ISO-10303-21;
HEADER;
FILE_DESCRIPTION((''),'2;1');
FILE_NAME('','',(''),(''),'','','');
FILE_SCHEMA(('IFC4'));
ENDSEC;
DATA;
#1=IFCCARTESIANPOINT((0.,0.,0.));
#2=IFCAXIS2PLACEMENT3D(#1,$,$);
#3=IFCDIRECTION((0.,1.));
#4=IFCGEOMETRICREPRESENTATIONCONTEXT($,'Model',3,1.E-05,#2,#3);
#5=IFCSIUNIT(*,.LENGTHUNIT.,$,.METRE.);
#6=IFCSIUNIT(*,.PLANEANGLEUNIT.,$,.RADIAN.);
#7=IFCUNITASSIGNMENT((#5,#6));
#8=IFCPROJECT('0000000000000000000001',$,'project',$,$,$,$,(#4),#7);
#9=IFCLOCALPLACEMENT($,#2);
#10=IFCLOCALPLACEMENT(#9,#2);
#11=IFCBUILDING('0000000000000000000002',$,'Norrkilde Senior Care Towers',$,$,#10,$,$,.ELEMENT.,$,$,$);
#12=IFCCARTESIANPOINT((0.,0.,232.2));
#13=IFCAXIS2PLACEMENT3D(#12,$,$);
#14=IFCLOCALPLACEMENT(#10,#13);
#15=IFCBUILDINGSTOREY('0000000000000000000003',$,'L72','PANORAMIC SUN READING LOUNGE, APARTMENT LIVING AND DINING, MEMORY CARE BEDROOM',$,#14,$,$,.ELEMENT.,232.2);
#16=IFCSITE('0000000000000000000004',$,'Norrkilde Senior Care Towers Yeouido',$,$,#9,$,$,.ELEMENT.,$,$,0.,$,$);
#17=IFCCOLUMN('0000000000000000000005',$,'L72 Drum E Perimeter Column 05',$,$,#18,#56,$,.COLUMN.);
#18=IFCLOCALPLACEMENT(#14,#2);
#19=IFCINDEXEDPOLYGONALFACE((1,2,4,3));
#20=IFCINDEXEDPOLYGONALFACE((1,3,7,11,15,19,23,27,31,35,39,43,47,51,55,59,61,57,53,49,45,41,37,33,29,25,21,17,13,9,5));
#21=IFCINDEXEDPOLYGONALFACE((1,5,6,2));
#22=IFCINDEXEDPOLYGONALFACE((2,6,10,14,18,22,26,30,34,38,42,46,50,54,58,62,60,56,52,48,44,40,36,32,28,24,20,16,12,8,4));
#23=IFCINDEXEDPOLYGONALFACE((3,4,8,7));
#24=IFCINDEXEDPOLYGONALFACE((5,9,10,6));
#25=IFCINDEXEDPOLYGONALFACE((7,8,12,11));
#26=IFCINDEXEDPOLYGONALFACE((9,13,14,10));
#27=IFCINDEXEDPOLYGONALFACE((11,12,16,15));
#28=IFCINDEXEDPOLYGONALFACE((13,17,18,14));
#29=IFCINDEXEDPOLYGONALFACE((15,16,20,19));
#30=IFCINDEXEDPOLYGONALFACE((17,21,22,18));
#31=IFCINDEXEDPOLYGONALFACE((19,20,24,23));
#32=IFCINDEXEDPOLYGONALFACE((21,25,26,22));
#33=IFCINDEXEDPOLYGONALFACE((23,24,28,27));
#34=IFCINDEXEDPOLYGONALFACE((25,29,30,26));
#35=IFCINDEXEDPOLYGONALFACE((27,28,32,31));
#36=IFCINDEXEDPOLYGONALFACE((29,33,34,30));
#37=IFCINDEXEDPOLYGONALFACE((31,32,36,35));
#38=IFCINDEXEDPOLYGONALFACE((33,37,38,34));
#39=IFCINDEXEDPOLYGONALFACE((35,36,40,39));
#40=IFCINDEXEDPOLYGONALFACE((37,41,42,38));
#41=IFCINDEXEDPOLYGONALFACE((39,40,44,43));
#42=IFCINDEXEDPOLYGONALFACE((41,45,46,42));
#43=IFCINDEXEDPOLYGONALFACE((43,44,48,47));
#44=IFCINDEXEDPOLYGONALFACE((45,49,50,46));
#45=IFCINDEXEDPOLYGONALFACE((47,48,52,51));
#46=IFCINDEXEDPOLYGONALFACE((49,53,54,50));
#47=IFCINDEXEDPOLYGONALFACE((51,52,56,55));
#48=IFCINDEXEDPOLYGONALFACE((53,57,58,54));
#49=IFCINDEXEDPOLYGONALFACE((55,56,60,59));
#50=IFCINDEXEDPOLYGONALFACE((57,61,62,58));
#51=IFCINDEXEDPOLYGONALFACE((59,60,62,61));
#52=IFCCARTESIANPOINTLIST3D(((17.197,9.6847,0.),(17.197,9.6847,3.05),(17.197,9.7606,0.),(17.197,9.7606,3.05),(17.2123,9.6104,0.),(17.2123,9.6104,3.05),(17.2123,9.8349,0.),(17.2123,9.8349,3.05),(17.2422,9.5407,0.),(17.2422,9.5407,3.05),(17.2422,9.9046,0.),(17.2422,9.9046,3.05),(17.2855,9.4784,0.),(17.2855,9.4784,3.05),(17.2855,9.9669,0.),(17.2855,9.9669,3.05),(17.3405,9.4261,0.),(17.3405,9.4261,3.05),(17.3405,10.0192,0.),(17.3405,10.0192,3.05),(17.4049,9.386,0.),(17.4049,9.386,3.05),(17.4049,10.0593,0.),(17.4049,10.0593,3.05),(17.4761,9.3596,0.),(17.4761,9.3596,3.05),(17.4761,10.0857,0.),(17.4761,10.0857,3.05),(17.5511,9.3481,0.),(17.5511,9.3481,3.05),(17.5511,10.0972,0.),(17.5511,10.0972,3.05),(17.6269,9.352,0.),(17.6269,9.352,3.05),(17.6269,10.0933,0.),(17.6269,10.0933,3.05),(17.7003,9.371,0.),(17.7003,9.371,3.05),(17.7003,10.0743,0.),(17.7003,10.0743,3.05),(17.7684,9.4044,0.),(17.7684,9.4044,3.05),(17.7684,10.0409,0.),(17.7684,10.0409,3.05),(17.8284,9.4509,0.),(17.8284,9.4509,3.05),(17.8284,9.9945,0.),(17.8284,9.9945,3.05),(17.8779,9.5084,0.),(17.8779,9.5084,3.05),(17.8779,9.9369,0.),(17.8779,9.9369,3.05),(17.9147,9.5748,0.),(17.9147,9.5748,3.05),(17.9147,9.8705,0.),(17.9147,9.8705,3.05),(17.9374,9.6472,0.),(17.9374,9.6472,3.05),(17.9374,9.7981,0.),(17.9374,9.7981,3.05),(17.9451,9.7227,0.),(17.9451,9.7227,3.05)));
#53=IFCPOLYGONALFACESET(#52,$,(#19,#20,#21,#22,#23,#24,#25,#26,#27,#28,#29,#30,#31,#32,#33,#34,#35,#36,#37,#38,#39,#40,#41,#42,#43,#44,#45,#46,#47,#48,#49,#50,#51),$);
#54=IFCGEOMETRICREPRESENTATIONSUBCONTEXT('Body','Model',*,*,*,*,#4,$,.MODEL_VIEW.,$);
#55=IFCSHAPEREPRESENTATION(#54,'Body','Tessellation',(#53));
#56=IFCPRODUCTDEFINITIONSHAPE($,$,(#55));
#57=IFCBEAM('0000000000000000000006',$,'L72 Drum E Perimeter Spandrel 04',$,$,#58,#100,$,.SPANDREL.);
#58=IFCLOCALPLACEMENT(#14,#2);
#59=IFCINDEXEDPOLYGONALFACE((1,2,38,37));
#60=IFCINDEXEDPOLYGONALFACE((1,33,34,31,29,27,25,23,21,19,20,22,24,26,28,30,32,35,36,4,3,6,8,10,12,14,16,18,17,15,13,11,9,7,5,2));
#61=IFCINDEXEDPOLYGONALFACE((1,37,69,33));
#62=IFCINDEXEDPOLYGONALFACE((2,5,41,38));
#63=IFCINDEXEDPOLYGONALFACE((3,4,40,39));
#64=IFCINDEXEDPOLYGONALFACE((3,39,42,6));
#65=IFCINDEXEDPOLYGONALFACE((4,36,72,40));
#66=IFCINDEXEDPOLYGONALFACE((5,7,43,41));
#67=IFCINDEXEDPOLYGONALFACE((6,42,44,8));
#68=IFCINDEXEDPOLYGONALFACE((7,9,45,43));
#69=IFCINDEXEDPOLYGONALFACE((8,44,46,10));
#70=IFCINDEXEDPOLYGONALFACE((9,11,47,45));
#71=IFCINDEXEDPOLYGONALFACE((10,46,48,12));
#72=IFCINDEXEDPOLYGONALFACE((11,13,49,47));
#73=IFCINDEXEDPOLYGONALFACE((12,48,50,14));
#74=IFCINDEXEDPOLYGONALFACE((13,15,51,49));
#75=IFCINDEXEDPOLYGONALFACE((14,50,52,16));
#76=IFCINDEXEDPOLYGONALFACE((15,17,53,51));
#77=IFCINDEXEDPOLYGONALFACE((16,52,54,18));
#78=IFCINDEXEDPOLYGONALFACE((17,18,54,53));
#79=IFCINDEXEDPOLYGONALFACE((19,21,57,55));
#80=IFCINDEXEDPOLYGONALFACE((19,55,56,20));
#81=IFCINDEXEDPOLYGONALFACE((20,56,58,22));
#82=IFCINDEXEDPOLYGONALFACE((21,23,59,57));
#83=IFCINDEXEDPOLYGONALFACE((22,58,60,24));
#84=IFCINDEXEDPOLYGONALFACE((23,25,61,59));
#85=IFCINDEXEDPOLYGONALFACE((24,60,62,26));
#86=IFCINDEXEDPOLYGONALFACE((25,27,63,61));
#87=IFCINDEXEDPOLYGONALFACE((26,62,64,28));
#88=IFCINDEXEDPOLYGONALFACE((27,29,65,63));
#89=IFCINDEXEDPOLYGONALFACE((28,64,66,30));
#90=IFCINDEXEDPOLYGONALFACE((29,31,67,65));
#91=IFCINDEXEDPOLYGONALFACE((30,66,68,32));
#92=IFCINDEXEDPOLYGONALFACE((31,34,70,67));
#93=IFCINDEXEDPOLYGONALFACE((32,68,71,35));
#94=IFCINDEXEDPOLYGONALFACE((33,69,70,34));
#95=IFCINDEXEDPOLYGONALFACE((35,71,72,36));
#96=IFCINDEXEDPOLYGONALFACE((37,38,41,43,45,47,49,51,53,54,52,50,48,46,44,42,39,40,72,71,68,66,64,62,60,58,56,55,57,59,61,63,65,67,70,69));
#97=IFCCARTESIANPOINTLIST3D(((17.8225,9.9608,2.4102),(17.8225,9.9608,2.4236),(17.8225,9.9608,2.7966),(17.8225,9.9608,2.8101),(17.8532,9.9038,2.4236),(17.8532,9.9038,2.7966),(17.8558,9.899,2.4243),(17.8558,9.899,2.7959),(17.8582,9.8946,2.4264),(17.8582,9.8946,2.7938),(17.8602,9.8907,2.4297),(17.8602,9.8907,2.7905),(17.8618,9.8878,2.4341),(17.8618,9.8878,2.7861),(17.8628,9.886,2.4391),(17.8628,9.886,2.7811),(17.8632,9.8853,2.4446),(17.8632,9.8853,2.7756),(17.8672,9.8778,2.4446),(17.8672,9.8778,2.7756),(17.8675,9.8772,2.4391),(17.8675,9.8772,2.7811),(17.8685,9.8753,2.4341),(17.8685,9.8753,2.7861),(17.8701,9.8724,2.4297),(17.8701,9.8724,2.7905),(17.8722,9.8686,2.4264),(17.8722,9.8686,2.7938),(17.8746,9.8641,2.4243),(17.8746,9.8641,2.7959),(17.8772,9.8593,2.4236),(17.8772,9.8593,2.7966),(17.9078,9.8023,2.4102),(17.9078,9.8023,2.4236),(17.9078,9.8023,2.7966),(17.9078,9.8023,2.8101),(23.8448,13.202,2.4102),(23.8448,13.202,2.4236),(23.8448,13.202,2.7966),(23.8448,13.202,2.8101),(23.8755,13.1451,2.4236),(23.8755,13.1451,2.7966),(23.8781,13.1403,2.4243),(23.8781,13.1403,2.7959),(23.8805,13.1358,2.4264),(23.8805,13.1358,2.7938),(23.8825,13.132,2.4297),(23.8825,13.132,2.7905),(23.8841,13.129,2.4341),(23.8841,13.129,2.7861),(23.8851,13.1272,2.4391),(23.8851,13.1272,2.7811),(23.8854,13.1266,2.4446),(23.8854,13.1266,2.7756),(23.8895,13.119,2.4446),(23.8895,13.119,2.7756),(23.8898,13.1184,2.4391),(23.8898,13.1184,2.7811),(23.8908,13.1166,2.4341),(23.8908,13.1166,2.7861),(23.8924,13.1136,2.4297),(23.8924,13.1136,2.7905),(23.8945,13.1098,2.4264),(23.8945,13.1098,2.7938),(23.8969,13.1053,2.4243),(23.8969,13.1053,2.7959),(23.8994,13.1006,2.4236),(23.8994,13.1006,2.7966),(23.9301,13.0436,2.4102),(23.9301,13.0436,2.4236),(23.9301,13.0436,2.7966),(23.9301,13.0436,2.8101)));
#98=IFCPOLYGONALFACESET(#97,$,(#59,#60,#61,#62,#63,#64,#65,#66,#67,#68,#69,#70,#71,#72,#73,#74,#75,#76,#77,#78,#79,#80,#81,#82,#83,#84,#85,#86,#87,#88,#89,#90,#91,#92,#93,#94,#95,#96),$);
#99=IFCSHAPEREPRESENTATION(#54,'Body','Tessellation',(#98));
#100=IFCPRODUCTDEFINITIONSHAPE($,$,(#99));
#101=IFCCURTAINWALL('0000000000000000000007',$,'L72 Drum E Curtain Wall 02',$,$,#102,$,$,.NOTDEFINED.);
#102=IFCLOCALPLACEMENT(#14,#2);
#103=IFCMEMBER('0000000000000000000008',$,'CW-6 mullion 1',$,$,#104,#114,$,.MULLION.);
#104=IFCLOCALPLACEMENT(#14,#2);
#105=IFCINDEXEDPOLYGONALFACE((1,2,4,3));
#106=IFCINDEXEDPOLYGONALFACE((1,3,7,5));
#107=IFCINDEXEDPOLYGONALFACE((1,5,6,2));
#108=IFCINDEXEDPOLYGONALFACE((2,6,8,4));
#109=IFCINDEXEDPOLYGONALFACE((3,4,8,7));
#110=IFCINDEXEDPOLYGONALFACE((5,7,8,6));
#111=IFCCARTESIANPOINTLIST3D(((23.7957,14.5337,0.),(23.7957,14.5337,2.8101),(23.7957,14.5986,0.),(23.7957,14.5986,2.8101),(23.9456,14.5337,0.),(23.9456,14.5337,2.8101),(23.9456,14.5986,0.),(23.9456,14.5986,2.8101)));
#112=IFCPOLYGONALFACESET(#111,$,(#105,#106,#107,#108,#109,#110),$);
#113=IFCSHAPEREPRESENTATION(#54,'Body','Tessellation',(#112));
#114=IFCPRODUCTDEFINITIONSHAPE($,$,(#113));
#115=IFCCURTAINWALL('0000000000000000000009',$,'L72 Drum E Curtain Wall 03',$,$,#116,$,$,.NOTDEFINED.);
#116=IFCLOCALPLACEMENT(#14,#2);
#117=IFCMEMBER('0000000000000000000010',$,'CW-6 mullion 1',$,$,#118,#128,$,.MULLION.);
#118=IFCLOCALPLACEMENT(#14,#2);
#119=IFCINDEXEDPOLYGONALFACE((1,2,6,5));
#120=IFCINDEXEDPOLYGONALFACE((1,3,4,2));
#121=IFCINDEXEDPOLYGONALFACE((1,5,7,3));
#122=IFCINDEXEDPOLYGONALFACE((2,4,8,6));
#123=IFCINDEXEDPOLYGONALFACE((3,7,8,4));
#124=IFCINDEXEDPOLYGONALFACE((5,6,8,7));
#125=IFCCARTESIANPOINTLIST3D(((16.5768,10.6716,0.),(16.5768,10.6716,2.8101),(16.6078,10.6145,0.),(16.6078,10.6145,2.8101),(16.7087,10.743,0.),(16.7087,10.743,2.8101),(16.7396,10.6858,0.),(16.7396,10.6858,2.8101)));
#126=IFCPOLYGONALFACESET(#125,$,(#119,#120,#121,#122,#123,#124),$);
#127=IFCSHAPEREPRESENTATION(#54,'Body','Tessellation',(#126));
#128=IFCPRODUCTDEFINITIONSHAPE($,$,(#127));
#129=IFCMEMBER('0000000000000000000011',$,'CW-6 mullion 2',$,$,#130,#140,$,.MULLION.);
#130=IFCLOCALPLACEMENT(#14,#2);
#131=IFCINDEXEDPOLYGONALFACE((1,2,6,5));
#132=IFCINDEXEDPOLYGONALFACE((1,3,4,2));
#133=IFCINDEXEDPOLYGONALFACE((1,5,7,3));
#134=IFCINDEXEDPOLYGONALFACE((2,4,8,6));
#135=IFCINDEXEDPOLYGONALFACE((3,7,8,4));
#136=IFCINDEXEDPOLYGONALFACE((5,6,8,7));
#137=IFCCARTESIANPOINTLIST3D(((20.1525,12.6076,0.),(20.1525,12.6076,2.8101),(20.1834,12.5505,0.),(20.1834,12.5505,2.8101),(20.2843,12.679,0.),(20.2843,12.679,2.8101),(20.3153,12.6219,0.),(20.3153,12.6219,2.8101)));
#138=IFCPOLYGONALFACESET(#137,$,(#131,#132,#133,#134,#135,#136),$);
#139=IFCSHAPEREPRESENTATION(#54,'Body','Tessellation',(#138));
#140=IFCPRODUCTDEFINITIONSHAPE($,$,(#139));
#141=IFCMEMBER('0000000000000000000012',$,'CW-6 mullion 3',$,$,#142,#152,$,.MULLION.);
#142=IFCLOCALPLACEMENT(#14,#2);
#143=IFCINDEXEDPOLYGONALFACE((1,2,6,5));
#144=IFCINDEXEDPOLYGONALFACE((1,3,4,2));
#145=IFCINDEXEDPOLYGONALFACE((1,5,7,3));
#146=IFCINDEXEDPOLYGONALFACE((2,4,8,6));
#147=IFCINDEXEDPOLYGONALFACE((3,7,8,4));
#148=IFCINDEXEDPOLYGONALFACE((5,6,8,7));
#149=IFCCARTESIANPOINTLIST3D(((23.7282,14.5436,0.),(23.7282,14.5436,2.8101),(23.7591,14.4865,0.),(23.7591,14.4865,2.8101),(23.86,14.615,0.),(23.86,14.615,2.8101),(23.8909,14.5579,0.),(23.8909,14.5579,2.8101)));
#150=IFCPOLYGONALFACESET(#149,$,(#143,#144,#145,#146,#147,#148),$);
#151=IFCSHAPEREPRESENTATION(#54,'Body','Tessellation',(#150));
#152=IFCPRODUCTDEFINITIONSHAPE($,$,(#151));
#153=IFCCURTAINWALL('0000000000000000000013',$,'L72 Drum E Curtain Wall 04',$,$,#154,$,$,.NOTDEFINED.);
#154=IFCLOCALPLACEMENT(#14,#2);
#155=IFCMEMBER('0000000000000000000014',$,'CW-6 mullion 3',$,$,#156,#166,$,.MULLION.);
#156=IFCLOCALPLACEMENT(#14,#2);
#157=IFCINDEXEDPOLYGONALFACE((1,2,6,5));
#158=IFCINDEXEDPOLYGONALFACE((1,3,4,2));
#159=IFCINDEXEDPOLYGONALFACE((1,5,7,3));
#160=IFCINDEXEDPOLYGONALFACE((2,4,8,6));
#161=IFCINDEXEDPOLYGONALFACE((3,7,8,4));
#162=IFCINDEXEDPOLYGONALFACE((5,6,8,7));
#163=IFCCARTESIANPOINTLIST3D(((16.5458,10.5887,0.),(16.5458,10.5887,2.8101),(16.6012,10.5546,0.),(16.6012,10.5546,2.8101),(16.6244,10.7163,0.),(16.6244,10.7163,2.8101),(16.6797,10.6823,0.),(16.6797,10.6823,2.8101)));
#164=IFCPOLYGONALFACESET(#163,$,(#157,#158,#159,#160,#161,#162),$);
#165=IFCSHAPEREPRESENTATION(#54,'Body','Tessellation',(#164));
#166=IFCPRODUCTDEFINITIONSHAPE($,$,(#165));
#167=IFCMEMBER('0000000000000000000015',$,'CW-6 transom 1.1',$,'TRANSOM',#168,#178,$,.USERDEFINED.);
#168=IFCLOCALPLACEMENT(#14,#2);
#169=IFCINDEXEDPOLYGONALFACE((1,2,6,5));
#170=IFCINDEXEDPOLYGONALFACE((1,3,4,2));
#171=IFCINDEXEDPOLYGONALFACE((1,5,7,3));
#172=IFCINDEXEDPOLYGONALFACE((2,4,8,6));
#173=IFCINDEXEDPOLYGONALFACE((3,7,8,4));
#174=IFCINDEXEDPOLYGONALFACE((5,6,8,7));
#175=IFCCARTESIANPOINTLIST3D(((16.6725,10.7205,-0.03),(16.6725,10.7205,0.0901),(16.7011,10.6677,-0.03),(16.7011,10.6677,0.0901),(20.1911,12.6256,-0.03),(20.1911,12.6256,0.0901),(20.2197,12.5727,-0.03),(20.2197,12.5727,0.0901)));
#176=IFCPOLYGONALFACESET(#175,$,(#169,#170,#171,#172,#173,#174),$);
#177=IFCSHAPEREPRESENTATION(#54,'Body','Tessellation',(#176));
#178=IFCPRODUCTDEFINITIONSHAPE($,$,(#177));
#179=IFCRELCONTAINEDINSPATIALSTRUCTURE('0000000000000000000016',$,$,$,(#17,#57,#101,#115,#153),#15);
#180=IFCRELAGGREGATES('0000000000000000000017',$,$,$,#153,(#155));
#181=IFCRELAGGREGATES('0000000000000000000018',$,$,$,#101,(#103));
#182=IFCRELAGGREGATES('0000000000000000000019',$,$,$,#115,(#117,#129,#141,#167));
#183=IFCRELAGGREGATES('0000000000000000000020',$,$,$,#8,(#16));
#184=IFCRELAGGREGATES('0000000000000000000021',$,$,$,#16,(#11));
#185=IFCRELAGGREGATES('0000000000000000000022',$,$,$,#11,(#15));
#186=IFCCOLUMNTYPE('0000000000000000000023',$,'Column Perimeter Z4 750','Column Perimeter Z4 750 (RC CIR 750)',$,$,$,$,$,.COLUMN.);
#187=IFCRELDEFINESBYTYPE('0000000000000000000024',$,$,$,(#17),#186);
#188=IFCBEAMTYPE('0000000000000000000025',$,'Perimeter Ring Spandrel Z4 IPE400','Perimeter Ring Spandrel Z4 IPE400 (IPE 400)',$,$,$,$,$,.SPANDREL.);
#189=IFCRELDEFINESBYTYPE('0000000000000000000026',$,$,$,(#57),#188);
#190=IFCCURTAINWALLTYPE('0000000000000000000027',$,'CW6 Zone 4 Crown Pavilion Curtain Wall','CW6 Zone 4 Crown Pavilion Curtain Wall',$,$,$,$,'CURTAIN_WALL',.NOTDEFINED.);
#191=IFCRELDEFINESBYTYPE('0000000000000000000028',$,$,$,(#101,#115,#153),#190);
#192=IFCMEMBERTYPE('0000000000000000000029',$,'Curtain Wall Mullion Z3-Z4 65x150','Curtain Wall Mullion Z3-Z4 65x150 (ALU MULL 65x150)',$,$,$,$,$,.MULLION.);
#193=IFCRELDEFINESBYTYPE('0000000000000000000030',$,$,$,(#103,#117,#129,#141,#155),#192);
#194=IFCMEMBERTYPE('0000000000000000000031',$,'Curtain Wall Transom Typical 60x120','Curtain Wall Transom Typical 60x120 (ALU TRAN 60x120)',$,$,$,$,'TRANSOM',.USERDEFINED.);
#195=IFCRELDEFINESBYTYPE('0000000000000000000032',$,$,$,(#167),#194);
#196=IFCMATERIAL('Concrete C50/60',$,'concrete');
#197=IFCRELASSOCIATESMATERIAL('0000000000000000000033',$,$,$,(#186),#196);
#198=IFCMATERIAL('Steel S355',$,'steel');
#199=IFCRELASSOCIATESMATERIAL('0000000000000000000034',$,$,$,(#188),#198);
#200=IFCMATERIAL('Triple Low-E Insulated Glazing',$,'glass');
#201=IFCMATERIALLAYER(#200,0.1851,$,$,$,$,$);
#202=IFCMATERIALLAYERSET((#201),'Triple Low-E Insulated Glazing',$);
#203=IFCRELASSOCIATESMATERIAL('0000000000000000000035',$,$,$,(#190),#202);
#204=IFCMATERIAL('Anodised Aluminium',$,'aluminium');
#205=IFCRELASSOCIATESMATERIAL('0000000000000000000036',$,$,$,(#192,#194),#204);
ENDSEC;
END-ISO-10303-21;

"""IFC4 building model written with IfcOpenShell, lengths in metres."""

from ifc_helpers import new_model, si_unit, direction, frame, origin, origin_2d, place, context, subcontext, project, spatial, rectangle, circle, i_section, extrude, source, transform, mapped, material, layer, layer_set, material_profile, profile_set, type_object, type_shapes, element, aggregate, save


model = new_model("IFC4")

# Units and contexts
model_context = context("Model", 3, precision=1e-05, world=origin(), true_north=direction((0.0, 1.0)))
body_context = subcontext(model_context, "Body", "Model", "MODEL_VIEW")
ifc_project = project(units=[si_unit("LENGTHUNIT", "METRE"), si_unit("PLANEANGLEUNIT", "RADIAN")], contexts=[model_context])

# Site, building, storey
site_placement = place(None, origin())
site = spatial("IfcSite", under=ifc_project, at=site_placement, Name="Norrkilde Senior Care Towers Yeouido", CompositionType="ELEMENT", RefElevation=0.0)
building_placement = place(site_placement, origin())
building = spatial("IfcBuilding", under=site, at=building_placement, Name="Norrkilde Senior Care Towers", CompositionType="ELEMENT")
storey_placement = place(building_placement, frame((0.0, 0.0, 232.2)))
storey = spatial("IfcBuildingStorey", under=building, at=storey_placement, Name="L72", Description="PANORAMIC SUN READING LOUNGE, APARTMENT LIVING AND DINING, MEMORY CARE BEDROOM", CompositionType="ELEMENT", Elevation=232.2)

# Column
ifc_material_1 = material(Name="Concrete C50/60", Category="concrete")
ifc_material_profile_1 = material_profile(ifc_material_1, circle(Radius=0.375, at=origin_2d()), Name="RC CIR 750")
ifc_profile_set_1 = profile_set([ifc_material_profile_1], Name="Concrete C50/60")
column_type = type_object("IfcColumnType", Name="Column Perimeter Z4 750", Description="Column Perimeter Z4 750 (RC CIR 750)", PredefinedType="COLUMN", material=ifc_profile_set_1)
shared_shape_1 = source(origin(), body_context, "Body", "SweptSolid", [
    extrude(circle(Radius=0.375, at=origin_2d()), origin(), (0.0, 0.0, 1.0), 3.05),
])
type_shapes(column_type, [shared_shape_1])
column_placement = place(storey_placement, frame((17.5701, 9.7227, 0.0), z_axis=(0.0, 0.0, 1.0), x_axis=(1.0, 0.0, 0.0)))
element("IfcColumn", 1, at=column_placement, inside=storey, type_object=column_type, Name="L72 Drum E Perimeter Column 05", PredefinedType="COLUMN", context=body_context, shape_type="MappedRepresentation", body=[
    mapped(shared_shape_1, transform((0.0, 0.0, 0.0), x_axis=(1.0, 0.0, 0.0), y_axis=(0.0, 1.0, 0.0), z_axis=(0.0, 0.0, 1.0), scale=1.0)),
])

# Beam
ifc_material_2 = material(Name="Steel S355", Category="steel")
ifc_material_profile_2 = material_profile(ifc_material_2, i_section(OverallWidth=0.1799, OverallDepth=0.3999, WebThickness=0.0085, FlangeThickness=0.0134, FilletRadius=0.021, at=origin_2d()), Name="IPE 400")
ifc_profile_set_2 = profile_set([ifc_material_profile_2], Name="Steel S355")
beam_type = type_object("IfcBeamType", Name="Perimeter Ring Spandrel Z4 IPE400", Description="Perimeter Ring Spandrel Z4 IPE400 (IPE 400)", PredefinedType="SPANDREL", material=ifc_profile_set_2)
shared_shape_2 = source(origin(), body_context, "Body", "SweptSolid", [
    extrude(i_section(OverallWidth=0.1799, OverallDepth=0.3999, WebThickness=0.0085, FlangeThickness=0.0134, FilletRadius=0.021, at=origin_2d()), origin(), (0.0, 0.0, 1.0), 6.8391),
])
type_shapes(beam_type, [shared_shape_2])
beam_placement = place(storey_placement, frame((23.8875, 13.1228, 2.6101), z_axis=(-0.880564, -0.473927, 0.0), x_axis=(0.473927, -0.880564, 0.0)))
element("IfcBeam", 2, at=beam_placement, inside=storey, type_object=beam_type, Name="L72 Drum E Perimeter Spandrel 04", PredefinedType="SPANDREL", context=body_context, shape_type="MappedRepresentation", body=[
    mapped(shared_shape_2, transform((0.0, 0.0, 0.0), x_axis=(1.0, 0.0, 0.0), y_axis=(0.0, 1.0, 0.0), z_axis=(0.0, 0.0, 1.0), scale=1.0)),
])

# Curtain wall, member
ifc_material_3 = material(Name="Triple Low-E Insulated Glazing", Category="glass")
ifc_layer_1 = layer(ifc_material_3, 0.1851)
ifc_layer_set_1 = layer_set([ifc_layer_1], Name="Triple Low-E Insulated Glazing")
curtain_wall_type = type_object("IfcCurtainWallType", Name="CW6 Zone 4 Crown Pavilion Curtain Wall", Description="CW6 Zone 4 Crown Pavilion Curtain Wall", ElementType="CURTAIN_WALL", PredefinedType="NOTDEFINED", material=ifc_layer_set_1)
curtain_wall_1_placement = place(storey_placement, origin())
curtain_wall_1 = element("IfcCurtainWall", 3, at=curtain_wall_1_placement, inside=storey, type_object=curtain_wall_type, Name="L72 Drum E Curtain Wall 02", PredefinedType="NOTDEFINED")
ifc_material_4 = material(Name="Anodised Aluminium", Category="aluminium")
ifc_material_profile_3 = material_profile(ifc_material_4, rectangle(XDim=0.0649, YDim=0.1499, at=origin_2d()), Name="ALU MULL 65x150")
ifc_profile_set_3 = profile_set([ifc_material_profile_3], Name="Anodised Aluminium")
member_type_1 = type_object("IfcMemberType", Name="Curtain Wall Mullion Z3-Z4 65x150", Description="Curtain Wall Mullion Z3-Z4 65x150 (ALU MULL 65x150)", PredefinedType="MULLION", material=ifc_profile_set_3)
shared_shape_3 = source(origin(), body_context, "Body", "SweptSolid", [
    extrude(rectangle(XDim=0.0649, YDim=0.1499, at=origin_2d()), origin(), (0.0, 0.0, 1.0), 2.8101),
])
type_shapes(member_type_1, [shared_shape_3])
member_1_placement = place(storey_placement, frame((23.8706, 14.5662, 0.0), z_axis=(0.0, 0.0, 1.0), x_axis=(0.0, 1.0, 0.0)))
member_1 = element("IfcMember", 4, at=member_1_placement, type_object=member_type_1, Name="CW-6 mullion 1", PredefinedType="MULLION", context=body_context, shape_type="MappedRepresentation", body=[
    mapped(shared_shape_3, transform((0.0, 0.0, 0.0), x_axis=(1.0, 0.0, 0.0), y_axis=(0.0, 1.0, 0.0), z_axis=(0.0, 0.0, 1.0), scale=1.0)),
])

# Curtain wall, members
curtain_wall_2_placement = place(storey_placement, origin())
curtain_wall_2 = element("IfcCurtainWall", 5, at=curtain_wall_2_placement, inside=storey, type_object=curtain_wall_type, Name="L72 Drum E Curtain Wall 03", PredefinedType="NOTDEFINED")
member_2_placement = place(storey_placement, frame((16.6582, 10.6787, 0.0), z_axis=(0.0, 0.0, 1.0), x_axis=(-0.476133, 0.879373, 0.0)))
member_2 = element("IfcMember", 6, at=member_2_placement, type_object=member_type_1, Name="CW-6 mullion 1", PredefinedType="MULLION", context=body_context, shape_type="MappedRepresentation", body=[
    mapped(shared_shape_3, transform((0.0, 0.0, 0.0), x_axis=(1.0, 0.0, 0.0), y_axis=(0.0, 1.0, 0.0), z_axis=(0.0, 0.0, 1.0), scale=1.0)),
])
member_3_placement = place(storey_placement, frame((20.2339, 12.6147, 0.0), z_axis=(0.0, 0.0, 1.0), x_axis=(-0.476133, 0.879373, 0.0)))
member_3 = element("IfcMember", 7, at=member_3_placement, type_object=member_type_1, Name="CW-6 mullion 2", PredefinedType="MULLION", context=body_context, shape_type="MappedRepresentation", body=[
    mapped(shared_shape_3, transform((0.0, 0.0, 0.0), x_axis=(1.0, 0.0, 0.0), y_axis=(0.0, 1.0, 0.0), z_axis=(0.0, 0.0, 1.0), scale=1.0)),
])
member_4_placement = place(storey_placement, frame((23.8096, 14.5508, 0.0), z_axis=(0.0, 0.0, 1.0), x_axis=(-0.476133, 0.879373, 0.0)))
member_4 = element("IfcMember", 8, at=member_4_placement, type_object=member_type_1, Name="CW-6 mullion 3", PredefinedType="MULLION", context=body_context, shape_type="MappedRepresentation", body=[
    mapped(shared_shape_3, transform((0.0, 0.0, 0.0), x_axis=(1.0, 0.0, 0.0), y_axis=(0.0, 1.0, 0.0), z_axis=(0.0, 0.0, 1.0), scale=1.0)),
])

# Curtain wall, member
curtain_wall_3_placement = place(storey_placement, origin())
curtain_wall_3 = element("IfcCurtainWall", 9, at=curtain_wall_3_placement, inside=storey, type_object=curtain_wall_type, Name="L72 Drum E Curtain Wall 04", PredefinedType="NOTDEFINED")
member_5_placement = place(storey_placement, frame((16.6128, 10.6355, 0.0), z_axis=(0.0, 0.0, 1.0), x_axis=(-0.851563, 0.524253, 0.0)))
member_5 = element("IfcMember", 10, at=member_5_placement, type_object=member_type_1, Name="CW-6 mullion 3", PredefinedType="MULLION", context=body_context, shape_type="MappedRepresentation", body=[
    mapped(shared_shape_3, transform((0.0, 0.0, 0.0), x_axis=(1.0, 0.0, 0.0), y_axis=(0.0, 1.0, 0.0), z_axis=(0.0, 0.0, 1.0), scale=1.0)),
])
aggregate(curtain_wall_3, [member_5])

# Member
ifc_material_profile_4 = material_profile(ifc_material_4, rectangle(XDim=0.0601, YDim=0.1201, at=origin_2d()), Name="ALU TRAN 60x120")
ifc_profile_set_4 = profile_set([ifc_material_profile_4], Name="Anodised Aluminium")
member_type_2 = type_object("IfcMemberType", Name="Curtain Wall Transom Typical 60x120", Description="Curtain Wall Transom Typical 60x120 (ALU TRAN 60x120)", ElementType="TRANSOM", PredefinedType="USERDEFINED", material=ifc_profile_set_4)
shared_shape_4 = source(origin(), body_context, "Body", "SweptSolid", [
    extrude(rectangle(XDim=0.0601, YDim=0.1201, at=origin_2d()), origin(), (0.0, 0.0, 1.0), 4.0012),
])
member_6_placement = place(storey_placement, frame((16.6868, 10.6941, 0.03), z_axis=(0.879381, 0.476118, 0.0), x_axis=(-0.476118, 0.879381, 0.0)))
member_6 = element("IfcMember", 11, at=member_6_placement, type_object=member_type_2, Name="CW-6 transom 1.1", ObjectType="TRANSOM", PredefinedType="USERDEFINED", context=body_context, shape_type="MappedRepresentation", body=[
    mapped(shared_shape_4, transform((0.0, 0.0, 0.0), x_axis=(1.0, 0.0, 0.0), y_axis=(0.0, 1.0, 0.0), z_axis=(0.0, 0.0, 1.0), scale=1.0)),
])
aggregate(curtain_wall_1, [member_1])

aggregate(curtain_wall_2, [member_2, member_3, member_4, member_6])

save(model, "model.ifc")
